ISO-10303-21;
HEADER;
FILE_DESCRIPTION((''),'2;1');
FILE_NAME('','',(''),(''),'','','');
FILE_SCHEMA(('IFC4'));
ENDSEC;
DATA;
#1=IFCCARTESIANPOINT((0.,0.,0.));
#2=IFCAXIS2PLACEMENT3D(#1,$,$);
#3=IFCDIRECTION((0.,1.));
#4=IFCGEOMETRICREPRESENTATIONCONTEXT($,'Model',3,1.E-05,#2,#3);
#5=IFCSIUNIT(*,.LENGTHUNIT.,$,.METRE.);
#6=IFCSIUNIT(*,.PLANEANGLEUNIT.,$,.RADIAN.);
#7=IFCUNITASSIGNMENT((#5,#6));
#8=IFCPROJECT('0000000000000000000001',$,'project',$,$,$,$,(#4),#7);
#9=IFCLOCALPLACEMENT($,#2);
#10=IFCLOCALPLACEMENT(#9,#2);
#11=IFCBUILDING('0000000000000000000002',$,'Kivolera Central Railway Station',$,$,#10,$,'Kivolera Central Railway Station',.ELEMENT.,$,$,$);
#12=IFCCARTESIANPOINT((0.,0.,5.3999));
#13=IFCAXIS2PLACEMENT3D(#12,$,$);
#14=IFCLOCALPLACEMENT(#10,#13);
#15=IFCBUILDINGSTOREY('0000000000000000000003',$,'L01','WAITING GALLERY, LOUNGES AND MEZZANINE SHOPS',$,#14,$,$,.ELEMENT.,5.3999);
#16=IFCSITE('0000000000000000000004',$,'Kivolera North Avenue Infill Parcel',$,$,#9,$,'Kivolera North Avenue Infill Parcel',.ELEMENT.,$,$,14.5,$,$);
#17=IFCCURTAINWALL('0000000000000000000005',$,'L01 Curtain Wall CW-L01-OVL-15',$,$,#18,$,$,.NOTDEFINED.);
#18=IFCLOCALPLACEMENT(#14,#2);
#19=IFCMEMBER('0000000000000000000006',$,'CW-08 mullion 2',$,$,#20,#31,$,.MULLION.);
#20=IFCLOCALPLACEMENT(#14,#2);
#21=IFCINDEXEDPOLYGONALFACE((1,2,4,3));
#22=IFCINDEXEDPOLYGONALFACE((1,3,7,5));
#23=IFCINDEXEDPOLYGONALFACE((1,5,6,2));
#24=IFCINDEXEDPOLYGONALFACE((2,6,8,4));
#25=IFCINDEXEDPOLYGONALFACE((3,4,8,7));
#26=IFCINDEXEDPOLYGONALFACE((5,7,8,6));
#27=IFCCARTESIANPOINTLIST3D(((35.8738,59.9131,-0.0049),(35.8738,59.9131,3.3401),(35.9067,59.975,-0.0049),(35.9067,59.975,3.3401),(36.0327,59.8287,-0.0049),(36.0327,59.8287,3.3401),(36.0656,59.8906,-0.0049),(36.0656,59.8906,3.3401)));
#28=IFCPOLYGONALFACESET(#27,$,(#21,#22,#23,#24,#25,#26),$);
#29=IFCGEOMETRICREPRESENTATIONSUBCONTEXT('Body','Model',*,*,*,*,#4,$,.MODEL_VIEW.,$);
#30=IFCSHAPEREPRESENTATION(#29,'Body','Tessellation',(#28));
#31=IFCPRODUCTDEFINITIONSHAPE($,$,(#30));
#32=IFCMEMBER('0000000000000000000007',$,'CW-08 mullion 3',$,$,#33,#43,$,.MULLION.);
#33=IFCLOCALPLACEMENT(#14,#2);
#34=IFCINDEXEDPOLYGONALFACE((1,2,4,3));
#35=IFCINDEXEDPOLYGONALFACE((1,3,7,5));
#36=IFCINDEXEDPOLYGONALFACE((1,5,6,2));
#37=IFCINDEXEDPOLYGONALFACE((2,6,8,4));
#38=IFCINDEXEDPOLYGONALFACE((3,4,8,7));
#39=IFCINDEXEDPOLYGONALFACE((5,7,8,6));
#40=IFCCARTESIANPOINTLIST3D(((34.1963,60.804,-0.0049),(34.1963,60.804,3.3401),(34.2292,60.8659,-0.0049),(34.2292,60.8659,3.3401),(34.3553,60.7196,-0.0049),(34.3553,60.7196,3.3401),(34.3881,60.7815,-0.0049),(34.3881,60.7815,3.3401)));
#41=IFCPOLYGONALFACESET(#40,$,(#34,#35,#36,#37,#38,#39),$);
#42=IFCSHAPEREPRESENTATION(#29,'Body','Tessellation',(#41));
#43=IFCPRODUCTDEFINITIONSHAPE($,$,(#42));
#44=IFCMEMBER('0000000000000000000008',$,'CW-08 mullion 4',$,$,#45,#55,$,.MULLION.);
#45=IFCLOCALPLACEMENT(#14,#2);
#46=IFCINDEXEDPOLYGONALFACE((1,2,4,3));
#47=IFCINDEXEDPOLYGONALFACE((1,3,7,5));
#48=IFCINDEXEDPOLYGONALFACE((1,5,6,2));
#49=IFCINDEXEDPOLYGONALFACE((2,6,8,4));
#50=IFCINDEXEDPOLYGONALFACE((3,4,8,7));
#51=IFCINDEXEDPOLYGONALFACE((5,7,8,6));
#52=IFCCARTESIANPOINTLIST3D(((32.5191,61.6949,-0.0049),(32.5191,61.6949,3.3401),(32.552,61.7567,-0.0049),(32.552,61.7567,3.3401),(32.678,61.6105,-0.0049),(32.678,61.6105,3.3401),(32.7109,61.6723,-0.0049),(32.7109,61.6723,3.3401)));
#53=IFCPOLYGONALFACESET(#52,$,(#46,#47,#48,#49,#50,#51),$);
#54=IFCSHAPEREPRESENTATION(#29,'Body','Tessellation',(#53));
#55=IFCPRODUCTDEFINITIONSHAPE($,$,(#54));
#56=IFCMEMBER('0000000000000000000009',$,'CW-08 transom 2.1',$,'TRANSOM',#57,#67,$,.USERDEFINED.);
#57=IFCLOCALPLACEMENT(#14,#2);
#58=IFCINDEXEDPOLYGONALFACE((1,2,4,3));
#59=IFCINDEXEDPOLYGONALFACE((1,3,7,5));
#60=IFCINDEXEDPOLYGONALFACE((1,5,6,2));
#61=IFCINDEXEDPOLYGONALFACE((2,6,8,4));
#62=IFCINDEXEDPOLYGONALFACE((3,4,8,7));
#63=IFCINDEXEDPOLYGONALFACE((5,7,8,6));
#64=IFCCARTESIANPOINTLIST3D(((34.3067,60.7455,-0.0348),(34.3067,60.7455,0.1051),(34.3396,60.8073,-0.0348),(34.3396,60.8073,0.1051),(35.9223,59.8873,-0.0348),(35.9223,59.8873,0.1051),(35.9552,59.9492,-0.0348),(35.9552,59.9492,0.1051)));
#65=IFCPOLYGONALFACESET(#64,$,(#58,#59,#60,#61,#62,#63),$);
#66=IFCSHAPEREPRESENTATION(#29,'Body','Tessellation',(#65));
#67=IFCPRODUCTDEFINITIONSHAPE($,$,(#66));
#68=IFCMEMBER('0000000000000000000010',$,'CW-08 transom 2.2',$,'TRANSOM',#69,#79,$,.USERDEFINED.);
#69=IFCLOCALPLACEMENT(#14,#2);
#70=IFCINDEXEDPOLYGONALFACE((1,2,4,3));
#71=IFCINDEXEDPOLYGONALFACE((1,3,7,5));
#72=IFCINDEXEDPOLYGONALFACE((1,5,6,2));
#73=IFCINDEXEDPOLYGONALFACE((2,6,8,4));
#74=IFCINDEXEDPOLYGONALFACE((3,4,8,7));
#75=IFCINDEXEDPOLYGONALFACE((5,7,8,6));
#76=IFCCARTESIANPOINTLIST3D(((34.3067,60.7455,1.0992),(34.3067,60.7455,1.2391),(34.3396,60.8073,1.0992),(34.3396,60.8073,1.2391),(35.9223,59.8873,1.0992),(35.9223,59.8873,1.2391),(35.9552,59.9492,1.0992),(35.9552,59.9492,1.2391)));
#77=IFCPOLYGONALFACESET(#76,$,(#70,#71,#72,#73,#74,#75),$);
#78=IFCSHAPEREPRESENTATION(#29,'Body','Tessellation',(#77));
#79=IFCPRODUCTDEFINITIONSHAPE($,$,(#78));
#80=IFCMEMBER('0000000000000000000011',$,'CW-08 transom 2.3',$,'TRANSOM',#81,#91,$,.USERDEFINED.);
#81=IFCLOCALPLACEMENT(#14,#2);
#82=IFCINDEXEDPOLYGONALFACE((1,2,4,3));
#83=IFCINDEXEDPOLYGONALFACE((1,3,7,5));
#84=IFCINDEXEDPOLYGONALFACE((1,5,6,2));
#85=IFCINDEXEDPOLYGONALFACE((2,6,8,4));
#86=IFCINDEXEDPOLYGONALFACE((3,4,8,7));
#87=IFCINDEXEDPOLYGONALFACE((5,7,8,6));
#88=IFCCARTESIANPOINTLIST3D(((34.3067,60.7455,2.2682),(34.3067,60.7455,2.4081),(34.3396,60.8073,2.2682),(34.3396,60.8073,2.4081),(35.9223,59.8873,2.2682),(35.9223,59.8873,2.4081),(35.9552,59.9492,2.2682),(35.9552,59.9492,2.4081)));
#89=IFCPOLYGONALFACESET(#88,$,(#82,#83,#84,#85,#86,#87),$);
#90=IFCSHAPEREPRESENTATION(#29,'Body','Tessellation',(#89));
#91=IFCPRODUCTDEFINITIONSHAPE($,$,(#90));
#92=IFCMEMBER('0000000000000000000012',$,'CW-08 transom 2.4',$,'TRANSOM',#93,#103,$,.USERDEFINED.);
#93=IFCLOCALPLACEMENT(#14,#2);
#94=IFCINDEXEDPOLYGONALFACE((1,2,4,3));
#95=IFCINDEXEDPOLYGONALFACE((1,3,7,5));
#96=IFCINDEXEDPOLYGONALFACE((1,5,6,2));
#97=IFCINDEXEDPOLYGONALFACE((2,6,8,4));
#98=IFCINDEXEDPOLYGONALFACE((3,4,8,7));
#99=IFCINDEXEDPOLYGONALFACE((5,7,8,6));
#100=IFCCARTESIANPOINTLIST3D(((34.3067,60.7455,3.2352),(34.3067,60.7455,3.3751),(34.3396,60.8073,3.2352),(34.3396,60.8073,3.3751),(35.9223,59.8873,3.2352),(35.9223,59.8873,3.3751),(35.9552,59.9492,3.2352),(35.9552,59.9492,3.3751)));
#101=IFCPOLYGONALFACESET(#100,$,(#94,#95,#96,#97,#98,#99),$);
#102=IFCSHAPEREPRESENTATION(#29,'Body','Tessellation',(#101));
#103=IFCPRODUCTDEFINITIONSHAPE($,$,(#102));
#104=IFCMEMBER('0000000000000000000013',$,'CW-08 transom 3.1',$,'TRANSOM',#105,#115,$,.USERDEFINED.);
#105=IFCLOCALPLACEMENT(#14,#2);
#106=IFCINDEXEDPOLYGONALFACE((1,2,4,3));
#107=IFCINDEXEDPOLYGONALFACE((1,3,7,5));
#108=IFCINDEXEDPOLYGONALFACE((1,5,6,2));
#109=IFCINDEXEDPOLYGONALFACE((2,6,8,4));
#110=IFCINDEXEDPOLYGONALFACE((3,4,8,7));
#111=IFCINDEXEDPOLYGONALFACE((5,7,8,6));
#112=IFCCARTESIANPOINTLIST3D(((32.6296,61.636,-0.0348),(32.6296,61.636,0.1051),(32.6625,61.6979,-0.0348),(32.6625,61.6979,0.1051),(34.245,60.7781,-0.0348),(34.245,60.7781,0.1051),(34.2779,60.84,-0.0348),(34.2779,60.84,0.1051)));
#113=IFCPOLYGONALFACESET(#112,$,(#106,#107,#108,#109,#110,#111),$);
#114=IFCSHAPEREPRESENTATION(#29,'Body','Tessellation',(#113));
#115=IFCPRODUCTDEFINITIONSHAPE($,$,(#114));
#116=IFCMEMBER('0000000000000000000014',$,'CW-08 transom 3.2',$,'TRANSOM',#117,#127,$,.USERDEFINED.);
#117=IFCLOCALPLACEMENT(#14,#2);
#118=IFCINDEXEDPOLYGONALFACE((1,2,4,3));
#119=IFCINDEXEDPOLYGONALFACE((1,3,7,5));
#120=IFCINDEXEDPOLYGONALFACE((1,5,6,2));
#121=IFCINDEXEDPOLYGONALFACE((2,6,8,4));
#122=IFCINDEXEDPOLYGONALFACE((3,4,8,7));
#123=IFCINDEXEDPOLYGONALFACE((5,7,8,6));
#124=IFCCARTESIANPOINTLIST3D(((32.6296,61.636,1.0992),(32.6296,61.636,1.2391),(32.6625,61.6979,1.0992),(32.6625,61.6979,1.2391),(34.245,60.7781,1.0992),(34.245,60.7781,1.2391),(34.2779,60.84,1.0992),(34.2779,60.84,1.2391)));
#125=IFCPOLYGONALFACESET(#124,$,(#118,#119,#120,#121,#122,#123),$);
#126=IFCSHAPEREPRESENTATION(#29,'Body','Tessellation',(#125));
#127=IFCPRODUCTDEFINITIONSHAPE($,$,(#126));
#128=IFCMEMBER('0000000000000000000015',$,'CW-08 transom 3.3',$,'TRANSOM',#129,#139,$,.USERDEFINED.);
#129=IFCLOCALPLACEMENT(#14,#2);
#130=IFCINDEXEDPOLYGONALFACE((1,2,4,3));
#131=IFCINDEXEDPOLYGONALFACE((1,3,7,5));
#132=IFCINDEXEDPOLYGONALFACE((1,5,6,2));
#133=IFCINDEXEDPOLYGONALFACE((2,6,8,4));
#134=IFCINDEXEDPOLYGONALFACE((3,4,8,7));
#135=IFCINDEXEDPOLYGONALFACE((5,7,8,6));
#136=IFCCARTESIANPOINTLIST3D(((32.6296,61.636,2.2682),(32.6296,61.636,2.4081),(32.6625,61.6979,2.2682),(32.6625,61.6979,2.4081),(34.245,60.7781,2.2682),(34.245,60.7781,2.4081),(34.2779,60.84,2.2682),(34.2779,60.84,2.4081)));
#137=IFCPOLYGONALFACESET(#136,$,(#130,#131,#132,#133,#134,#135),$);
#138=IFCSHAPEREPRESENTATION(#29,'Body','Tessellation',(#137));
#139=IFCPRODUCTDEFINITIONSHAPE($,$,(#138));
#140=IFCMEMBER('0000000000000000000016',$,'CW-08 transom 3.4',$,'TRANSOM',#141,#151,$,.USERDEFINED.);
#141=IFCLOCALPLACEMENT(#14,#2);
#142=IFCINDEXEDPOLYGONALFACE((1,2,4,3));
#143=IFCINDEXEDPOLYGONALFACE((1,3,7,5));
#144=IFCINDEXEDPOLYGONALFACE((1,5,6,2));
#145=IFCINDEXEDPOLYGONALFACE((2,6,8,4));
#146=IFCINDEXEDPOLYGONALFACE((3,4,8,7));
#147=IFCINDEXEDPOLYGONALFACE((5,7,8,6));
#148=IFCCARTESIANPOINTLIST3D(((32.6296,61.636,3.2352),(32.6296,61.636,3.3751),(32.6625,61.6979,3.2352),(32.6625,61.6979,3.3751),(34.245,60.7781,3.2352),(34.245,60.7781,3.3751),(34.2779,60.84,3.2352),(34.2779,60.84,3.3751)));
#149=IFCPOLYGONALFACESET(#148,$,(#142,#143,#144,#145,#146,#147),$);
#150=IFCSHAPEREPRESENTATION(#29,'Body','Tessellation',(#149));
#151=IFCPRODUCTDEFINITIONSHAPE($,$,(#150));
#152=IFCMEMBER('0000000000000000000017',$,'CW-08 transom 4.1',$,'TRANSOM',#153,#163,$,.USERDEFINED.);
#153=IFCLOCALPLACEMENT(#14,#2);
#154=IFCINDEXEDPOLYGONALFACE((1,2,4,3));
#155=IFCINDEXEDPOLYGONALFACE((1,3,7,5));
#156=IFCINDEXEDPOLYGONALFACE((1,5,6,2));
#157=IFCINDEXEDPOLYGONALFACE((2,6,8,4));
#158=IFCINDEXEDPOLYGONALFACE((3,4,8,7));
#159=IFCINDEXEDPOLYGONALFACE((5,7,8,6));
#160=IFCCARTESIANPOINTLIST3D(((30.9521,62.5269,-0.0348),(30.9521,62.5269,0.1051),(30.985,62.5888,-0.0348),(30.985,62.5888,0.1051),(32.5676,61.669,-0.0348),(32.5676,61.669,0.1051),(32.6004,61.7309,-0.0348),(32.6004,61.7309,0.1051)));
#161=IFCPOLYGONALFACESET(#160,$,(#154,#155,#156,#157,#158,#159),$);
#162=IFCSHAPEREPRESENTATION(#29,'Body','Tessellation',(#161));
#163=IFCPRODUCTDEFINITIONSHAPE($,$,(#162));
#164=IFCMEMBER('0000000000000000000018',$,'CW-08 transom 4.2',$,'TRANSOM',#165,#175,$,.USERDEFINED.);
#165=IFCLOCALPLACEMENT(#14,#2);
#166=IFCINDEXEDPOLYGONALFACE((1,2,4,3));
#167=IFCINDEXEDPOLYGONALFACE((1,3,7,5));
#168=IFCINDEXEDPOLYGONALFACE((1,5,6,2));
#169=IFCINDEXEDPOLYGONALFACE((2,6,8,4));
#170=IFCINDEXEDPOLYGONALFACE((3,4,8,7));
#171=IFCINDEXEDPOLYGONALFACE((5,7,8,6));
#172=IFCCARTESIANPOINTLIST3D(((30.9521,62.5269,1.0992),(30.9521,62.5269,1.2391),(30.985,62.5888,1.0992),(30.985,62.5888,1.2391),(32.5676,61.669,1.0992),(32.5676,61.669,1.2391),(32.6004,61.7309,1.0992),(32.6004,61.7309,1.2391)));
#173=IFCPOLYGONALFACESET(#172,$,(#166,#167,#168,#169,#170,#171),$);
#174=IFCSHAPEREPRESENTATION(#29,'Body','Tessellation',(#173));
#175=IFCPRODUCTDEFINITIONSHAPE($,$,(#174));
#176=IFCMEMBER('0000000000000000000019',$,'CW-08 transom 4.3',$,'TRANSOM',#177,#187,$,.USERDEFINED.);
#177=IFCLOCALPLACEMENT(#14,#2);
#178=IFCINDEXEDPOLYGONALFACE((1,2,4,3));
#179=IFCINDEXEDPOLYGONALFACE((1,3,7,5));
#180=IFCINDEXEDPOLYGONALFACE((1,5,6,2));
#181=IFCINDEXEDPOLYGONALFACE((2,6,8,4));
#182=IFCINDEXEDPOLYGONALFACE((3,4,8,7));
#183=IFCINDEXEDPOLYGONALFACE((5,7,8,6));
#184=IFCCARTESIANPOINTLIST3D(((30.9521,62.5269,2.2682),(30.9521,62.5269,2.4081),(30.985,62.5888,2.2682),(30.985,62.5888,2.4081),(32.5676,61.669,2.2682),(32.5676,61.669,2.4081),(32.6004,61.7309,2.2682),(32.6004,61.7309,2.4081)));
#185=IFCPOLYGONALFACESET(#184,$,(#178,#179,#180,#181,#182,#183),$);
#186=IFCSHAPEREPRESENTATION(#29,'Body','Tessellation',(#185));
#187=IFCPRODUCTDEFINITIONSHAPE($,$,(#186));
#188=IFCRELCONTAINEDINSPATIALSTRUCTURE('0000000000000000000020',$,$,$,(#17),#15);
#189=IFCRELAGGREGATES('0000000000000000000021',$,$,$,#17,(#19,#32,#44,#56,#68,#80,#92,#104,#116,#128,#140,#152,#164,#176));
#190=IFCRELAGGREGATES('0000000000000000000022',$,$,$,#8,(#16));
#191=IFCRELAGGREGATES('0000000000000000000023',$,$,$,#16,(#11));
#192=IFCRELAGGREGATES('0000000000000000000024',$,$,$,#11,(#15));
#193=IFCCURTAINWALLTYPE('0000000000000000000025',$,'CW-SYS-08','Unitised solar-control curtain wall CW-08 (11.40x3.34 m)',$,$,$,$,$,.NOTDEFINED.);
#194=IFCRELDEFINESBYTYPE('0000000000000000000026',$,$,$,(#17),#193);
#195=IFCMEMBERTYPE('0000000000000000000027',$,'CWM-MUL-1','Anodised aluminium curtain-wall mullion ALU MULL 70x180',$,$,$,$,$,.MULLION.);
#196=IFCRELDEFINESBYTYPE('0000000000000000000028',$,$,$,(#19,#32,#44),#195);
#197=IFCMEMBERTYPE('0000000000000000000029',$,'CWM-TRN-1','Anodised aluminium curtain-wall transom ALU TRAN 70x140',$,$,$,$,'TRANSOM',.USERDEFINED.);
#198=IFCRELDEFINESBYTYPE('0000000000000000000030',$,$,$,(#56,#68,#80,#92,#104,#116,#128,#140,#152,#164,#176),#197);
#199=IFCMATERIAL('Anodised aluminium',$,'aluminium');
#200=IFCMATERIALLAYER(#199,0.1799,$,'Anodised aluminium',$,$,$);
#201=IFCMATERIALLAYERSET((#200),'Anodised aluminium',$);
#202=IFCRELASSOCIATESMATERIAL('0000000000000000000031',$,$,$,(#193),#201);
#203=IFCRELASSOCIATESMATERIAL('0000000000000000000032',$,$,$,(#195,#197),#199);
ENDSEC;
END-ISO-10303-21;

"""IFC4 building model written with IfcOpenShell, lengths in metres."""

from ifc_helpers import new_model, si_unit, direction, frame, origin, origin_2d, place, context, subcontext, project, spatial, rectangle, extrude, material, layer, layer_set, material_profile, profile_set, type_object, element, aggregate, save


model = new_model("IFC4")

# Units and contexts
model_context = context("Model", 3, precision=1e-05, world=origin(), true_north=direction((0.0, 1.0)))
body_context = subcontext(model_context, "Body", "Model", "MODEL_VIEW")
ifc_project = project(units=[si_unit("LENGTHUNIT", "METRE"), si_unit("PLANEANGLEUNIT", "RADIAN")], contexts=[model_context])

# Site, building, storey
site_placement = place(None, origin())
site = spatial("IfcSite", under=ifc_project, at=site_placement, Name="Kivolera North Avenue Infill Parcel", LongName="Kivolera North Avenue Infill Parcel", CompositionType="ELEMENT", RefElevation=14.5)
building_placement = place(site_placement, origin())
building = spatial("IfcBuilding", under=site, at=building_placement, Name="Kivolera Central Railway Station", LongName="Kivolera Central Railway Station", CompositionType="ELEMENT")
storey_placement = place(building_placement, frame((0.0, 0.0, 5.3999)))
storey = spatial("IfcBuildingStorey", under=building, at=storey_placement, Name="L01", Description="WAITING GALLERY, LOUNGES AND MEZZANINE SHOPS", CompositionType="ELEMENT", Elevation=5.3999)

# Curtain wall, members
ifc_material_1 = material(Name="Anodised aluminium", Category="aluminium")
ifc_layer_1 = layer(ifc_material_1, 0.1799, Name="Anodised aluminium")
ifc_layer_set_1 = layer_set([ifc_layer_1], Name="Anodised aluminium")
curtain_wall_type = type_object("IfcCurtainWallType", Name="CW-SYS-08", Description="Unitised solar-control curtain wall CW-08 (11.40x3.34 m)", PredefinedType="NOTDEFINED", material=ifc_layer_set_1)
curtain_wall_placement = place(storey_placement, origin())
curtain_wall = element("IfcCurtainWall", 1, at=curtain_wall_placement, inside=storey, type_object=curtain_wall_type, Name="L01 Curtain Wall CW-L01-OVL-15", PredefinedType="NOTDEFINED")
ifc_material_profile_1 = material_profile(ifc_material_1, rectangle(XDim=0.0701, YDim=0.1799, at=origin_2d()), Name="ALU MULL 70x180")
ifc_profile_set_1 = profile_set([ifc_material_profile_1], Name="Anodised aluminium")
member_type_1 = type_object("IfcMemberType", Name="CWM-MUL-1", Description="Anodised aluminium curtain-wall mullion ALU MULL 70x180", PredefinedType="MULLION", material=ifc_profile_set_1)
member_1_placement = place(storey_placement, frame((35.9697, 59.9019, -0.0049), z_axis=(0.0, 0.0, 1.0), x_axis=(-0.469053, -0.88317, 0.0)))
member_1 = element("IfcMember", 2, at=member_1_placement, type_object=member_type_1, Name="CW-08 mullion 2", PredefinedType="MULLION", context=body_context, shape_type="SweptSolid", body=[
    extrude(rectangle(XDim=0.0701, YDim=0.1799, at=origin_2d()), origin(), (0.0, 0.0, 1.0), 3.345),
])
member_2_placement = place(storey_placement, frame((34.2922, 60.7927, -0.0049), z_axis=(0.0, 0.0, 1.0), x_axis=(-0.469053, -0.88317, 0.0)))
member_2 = element("IfcMember", 3, at=member_2_placement, type_object=member_type_1, Name="CW-08 mullion 3", PredefinedType="MULLION", context=body_context, shape_type="SweptSolid", body=[
    extrude(rectangle(XDim=0.0701, YDim=0.1799, at=origin_2d()), origin(), (0.0, 0.0, 1.0), 3.345),
])
member_3_placement = place(storey_placement, frame((32.615, 61.6836, -0.0049), z_axis=(0.0, 0.0, 1.0), x_axis=(-0.469053, -0.88317, 0.0)))
member_3 = element("IfcMember", 4, at=member_3_placement, type_object=member_type_1, Name="CW-08 mullion 4", PredefinedType="MULLION", context=body_context, shape_type="SweptSolid", body=[
    extrude(rectangle(XDim=0.0701, YDim=0.1799, at=origin_2d()), origin(), (0.0, 0.0, 1.0), 3.345),
])
ifc_material_profile_2 = material_profile(ifc_material_1, rectangle(XDim=0.0701, YDim=0.1399, at=origin_2d()), Name="ALU TRAN 70x140")
ifc_profile_set_2 = profile_set([ifc_material_profile_2], Name="Anodised aluminium")
member_type_2 = type_object("IfcMemberType", Name="CWM-TRN-1", Description="Anodised aluminium curtain-wall transom ALU TRAN 70x140", ElementType="TRANSOM", PredefinedType="USERDEFINED", material=ifc_profile_set_2)
member_4_placement = place(storey_placement, frame((35.9387, 59.9182, 0.0352), z_axis=(-0.883131, 0.469126, 0.0), x_axis=(-0.469126, -0.883131, 0.0)))
member_4 = element("IfcMember", 5, at=member_4_placement, type_object=member_type_2, Name="CW-08 transom 2.1", ObjectType="TRANSOM", PredefinedType="USERDEFINED", context=body_context, shape_type="SweptSolid", body=[
    extrude(rectangle(XDim=0.0701, YDim=0.1399, at=origin_2d()), origin(), (0.0, 0.0, 1.0), 1.8293),
])
member_5_placement = place(storey_placement, frame((35.9387, 59.9182, 1.1692), z_axis=(-0.883131, 0.469126, 0.0), x_axis=(-0.469126, -0.883131, 0.0)))
member_5 = element("IfcMember", 6, at=member_5_placement, type_object=member_type_2, Name="CW-08 transom 2.2", ObjectType="TRANSOM", PredefinedType="USERDEFINED", context=body_context, shape_type="SweptSolid", body=[
    extrude(rectangle(XDim=0.0701, YDim=0.1399, at=origin_2d()), origin(), (0.0, 0.0, 1.0), 1.8293),
])
member_6_placement = place(storey_placement, frame((35.9387, 59.9182, 2.3381), z_axis=(-0.883131, 0.469126, 0.0), x_axis=(-0.469126, -0.883131, 0.0)))
member_6 = element("IfcMember", 7, at=member_6_placement, type_object=member_type_2, Name="CW-08 transom 2.3", ObjectType="TRANSOM", PredefinedType="USERDEFINED", context=body_context, shape_type="SweptSolid", body=[
    extrude(rectangle(XDim=0.0701, YDim=0.1399, at=origin_2d()), origin(), (0.0, 0.0, 1.0), 1.8293),
])
member_7_placement = place(storey_placement, frame((35.9387, 59.9182, 3.3052), z_axis=(-0.883131, 0.469126, 0.0), x_axis=(-0.469126, -0.883131, 0.0)))
member_7 = element("IfcMember", 8, at=member_7_placement, type_object=member_type_2, Name="CW-08 transom 2.4", ObjectType="TRANSOM", PredefinedType="USERDEFINED", context=body_context, shape_type="SweptSolid", body=[
    extrude(rectangle(XDim=0.0701, YDim=0.1399, at=origin_2d()), origin(), (0.0, 0.0, 1.0), 1.8293),
])
member_8_placement = place(storey_placement, frame((34.2615, 60.8091, 0.0352), z_axis=(-0.883187, 0.469022, 0.0), x_axis=(-0.469022, -0.883187, 0.0)))
member_8 = element("IfcMember", 9, at=member_8_placement, type_object=member_type_2, Name="CW-08 transom 3.1", ObjectType="TRANSOM", PredefinedType="USERDEFINED", context=body_context, shape_type="SweptSolid", body=[
    extrude(rectangle(XDim=0.0701, YDim=0.1399, at=origin_2d()), origin(), (0.0, 0.0, 1.0), 1.8291),
])
member_9_placement = place(storey_placement, frame((34.2615, 60.8091, 1.1692), z_axis=(-0.883187, 0.469022, 0.0), x_axis=(-0.469022, -0.883187, 0.0)))
member_9 = element("IfcMember", 10, at=member_9_placement, type_object=member_type_2, Name="CW-08 transom 3.2", ObjectType="TRANSOM", PredefinedType="USERDEFINED", context=body_context, shape_type="SweptSolid", body=[
    extrude(rectangle(XDim=0.0701, YDim=0.1399, at=origin_2d()), origin(), (0.0, 0.0, 1.0), 1.8291),
])
member_10_placement = place(storey_placement, frame((34.2615, 60.8091, 2.3381), z_axis=(-0.883187, 0.469022, 0.0), x_axis=(-0.469022, -0.883187, 0.0)))
member_10 = element("IfcMember", 11, at=member_10_placement, type_object=member_type_2, Name="CW-08 transom 3.3", ObjectType="TRANSOM", PredefinedType="USERDEFINED", context=body_context, shape_type="SweptSolid", body=[
    extrude(rectangle(XDim=0.0701, YDim=0.1399, at=origin_2d()), origin(), (0.0, 0.0, 1.0), 1.8291),
])
member_11_placement = place(storey_placement, frame((34.2615, 60.8091, 3.3052), z_axis=(-0.883187, 0.469022, 0.0), x_axis=(-0.469022, -0.883187, 0.0)))
member_11 = element("IfcMember", 12, at=member_11_placement, type_object=member_type_2, Name="CW-08 transom 3.4", ObjectType="TRANSOM", PredefinedType="USERDEFINED", context=body_context, shape_type="SweptSolid", body=[
    extrude(rectangle(XDim=0.0701, YDim=0.1399, at=origin_2d()), origin(), (0.0, 0.0, 1.0), 1.8291),
])
member_12_placement = place(storey_placement, frame((32.584, 61.7, 0.0352), z_axis=(-0.883187, 0.469022, 0.0), x_axis=(-0.469022, -0.883187, 0.0)))
member_12 = element("IfcMember", 13, at=member_12_placement, type_object=member_type_2, Name="CW-08 transom 4.1", ObjectType="TRANSOM", PredefinedType="USERDEFINED", context=body_context, shape_type="SweptSolid", body=[
    extrude(rectangle(XDim=0.0701, YDim=0.1399, at=origin_2d()), origin(), (0.0, 0.0, 1.0), 1.8291),
])
member_13_placement = place(storey_placement, frame((32.584, 61.7, 1.1692), z_axis=(-0.883187, 0.469022, 0.0), x_axis=(-0.469022, -0.883187, 0.0)))
member_13 = element("IfcMember", 14, at=member_13_placement, type_object=member_type_2, Name="CW-08 transom 4.2", ObjectType="TRANSOM", PredefinedType="USERDEFINED", context=body_context, shape_type="SweptSolid", body=[
    extrude(rectangle(XDim=0.0701, YDim=0.1399, at=origin_2d()), origin(), (0.0, 0.0, 1.0), 1.8291),
])
member_14_placement = place(storey_placement, frame((32.584, 61.7, 2.3381), z_axis=(-0.883187, 0.469022, 0.0), x_axis=(-0.469022, -0.883187, 0.0)))
member_14 = element("IfcMember", 15, at=member_14_placement, type_object=member_type_2, Name="CW-08 transom 4.3", ObjectType="TRANSOM", PredefinedType="USERDEFINED", context=body_context, shape_type="SweptSolid", body=[
    extrude(rectangle(XDim=0.0701, YDim=0.1399, at=origin_2d()), origin(), (0.0, 0.0, 1.0), 1.8291),
])
aggregate(curtain_wall, [member_1, member_2, member_3, member_4, member_5, member_6, member_7, member_8, member_9, member_10, member_11, member_12, member_13, member_14])

save(model, "model.ifc")
